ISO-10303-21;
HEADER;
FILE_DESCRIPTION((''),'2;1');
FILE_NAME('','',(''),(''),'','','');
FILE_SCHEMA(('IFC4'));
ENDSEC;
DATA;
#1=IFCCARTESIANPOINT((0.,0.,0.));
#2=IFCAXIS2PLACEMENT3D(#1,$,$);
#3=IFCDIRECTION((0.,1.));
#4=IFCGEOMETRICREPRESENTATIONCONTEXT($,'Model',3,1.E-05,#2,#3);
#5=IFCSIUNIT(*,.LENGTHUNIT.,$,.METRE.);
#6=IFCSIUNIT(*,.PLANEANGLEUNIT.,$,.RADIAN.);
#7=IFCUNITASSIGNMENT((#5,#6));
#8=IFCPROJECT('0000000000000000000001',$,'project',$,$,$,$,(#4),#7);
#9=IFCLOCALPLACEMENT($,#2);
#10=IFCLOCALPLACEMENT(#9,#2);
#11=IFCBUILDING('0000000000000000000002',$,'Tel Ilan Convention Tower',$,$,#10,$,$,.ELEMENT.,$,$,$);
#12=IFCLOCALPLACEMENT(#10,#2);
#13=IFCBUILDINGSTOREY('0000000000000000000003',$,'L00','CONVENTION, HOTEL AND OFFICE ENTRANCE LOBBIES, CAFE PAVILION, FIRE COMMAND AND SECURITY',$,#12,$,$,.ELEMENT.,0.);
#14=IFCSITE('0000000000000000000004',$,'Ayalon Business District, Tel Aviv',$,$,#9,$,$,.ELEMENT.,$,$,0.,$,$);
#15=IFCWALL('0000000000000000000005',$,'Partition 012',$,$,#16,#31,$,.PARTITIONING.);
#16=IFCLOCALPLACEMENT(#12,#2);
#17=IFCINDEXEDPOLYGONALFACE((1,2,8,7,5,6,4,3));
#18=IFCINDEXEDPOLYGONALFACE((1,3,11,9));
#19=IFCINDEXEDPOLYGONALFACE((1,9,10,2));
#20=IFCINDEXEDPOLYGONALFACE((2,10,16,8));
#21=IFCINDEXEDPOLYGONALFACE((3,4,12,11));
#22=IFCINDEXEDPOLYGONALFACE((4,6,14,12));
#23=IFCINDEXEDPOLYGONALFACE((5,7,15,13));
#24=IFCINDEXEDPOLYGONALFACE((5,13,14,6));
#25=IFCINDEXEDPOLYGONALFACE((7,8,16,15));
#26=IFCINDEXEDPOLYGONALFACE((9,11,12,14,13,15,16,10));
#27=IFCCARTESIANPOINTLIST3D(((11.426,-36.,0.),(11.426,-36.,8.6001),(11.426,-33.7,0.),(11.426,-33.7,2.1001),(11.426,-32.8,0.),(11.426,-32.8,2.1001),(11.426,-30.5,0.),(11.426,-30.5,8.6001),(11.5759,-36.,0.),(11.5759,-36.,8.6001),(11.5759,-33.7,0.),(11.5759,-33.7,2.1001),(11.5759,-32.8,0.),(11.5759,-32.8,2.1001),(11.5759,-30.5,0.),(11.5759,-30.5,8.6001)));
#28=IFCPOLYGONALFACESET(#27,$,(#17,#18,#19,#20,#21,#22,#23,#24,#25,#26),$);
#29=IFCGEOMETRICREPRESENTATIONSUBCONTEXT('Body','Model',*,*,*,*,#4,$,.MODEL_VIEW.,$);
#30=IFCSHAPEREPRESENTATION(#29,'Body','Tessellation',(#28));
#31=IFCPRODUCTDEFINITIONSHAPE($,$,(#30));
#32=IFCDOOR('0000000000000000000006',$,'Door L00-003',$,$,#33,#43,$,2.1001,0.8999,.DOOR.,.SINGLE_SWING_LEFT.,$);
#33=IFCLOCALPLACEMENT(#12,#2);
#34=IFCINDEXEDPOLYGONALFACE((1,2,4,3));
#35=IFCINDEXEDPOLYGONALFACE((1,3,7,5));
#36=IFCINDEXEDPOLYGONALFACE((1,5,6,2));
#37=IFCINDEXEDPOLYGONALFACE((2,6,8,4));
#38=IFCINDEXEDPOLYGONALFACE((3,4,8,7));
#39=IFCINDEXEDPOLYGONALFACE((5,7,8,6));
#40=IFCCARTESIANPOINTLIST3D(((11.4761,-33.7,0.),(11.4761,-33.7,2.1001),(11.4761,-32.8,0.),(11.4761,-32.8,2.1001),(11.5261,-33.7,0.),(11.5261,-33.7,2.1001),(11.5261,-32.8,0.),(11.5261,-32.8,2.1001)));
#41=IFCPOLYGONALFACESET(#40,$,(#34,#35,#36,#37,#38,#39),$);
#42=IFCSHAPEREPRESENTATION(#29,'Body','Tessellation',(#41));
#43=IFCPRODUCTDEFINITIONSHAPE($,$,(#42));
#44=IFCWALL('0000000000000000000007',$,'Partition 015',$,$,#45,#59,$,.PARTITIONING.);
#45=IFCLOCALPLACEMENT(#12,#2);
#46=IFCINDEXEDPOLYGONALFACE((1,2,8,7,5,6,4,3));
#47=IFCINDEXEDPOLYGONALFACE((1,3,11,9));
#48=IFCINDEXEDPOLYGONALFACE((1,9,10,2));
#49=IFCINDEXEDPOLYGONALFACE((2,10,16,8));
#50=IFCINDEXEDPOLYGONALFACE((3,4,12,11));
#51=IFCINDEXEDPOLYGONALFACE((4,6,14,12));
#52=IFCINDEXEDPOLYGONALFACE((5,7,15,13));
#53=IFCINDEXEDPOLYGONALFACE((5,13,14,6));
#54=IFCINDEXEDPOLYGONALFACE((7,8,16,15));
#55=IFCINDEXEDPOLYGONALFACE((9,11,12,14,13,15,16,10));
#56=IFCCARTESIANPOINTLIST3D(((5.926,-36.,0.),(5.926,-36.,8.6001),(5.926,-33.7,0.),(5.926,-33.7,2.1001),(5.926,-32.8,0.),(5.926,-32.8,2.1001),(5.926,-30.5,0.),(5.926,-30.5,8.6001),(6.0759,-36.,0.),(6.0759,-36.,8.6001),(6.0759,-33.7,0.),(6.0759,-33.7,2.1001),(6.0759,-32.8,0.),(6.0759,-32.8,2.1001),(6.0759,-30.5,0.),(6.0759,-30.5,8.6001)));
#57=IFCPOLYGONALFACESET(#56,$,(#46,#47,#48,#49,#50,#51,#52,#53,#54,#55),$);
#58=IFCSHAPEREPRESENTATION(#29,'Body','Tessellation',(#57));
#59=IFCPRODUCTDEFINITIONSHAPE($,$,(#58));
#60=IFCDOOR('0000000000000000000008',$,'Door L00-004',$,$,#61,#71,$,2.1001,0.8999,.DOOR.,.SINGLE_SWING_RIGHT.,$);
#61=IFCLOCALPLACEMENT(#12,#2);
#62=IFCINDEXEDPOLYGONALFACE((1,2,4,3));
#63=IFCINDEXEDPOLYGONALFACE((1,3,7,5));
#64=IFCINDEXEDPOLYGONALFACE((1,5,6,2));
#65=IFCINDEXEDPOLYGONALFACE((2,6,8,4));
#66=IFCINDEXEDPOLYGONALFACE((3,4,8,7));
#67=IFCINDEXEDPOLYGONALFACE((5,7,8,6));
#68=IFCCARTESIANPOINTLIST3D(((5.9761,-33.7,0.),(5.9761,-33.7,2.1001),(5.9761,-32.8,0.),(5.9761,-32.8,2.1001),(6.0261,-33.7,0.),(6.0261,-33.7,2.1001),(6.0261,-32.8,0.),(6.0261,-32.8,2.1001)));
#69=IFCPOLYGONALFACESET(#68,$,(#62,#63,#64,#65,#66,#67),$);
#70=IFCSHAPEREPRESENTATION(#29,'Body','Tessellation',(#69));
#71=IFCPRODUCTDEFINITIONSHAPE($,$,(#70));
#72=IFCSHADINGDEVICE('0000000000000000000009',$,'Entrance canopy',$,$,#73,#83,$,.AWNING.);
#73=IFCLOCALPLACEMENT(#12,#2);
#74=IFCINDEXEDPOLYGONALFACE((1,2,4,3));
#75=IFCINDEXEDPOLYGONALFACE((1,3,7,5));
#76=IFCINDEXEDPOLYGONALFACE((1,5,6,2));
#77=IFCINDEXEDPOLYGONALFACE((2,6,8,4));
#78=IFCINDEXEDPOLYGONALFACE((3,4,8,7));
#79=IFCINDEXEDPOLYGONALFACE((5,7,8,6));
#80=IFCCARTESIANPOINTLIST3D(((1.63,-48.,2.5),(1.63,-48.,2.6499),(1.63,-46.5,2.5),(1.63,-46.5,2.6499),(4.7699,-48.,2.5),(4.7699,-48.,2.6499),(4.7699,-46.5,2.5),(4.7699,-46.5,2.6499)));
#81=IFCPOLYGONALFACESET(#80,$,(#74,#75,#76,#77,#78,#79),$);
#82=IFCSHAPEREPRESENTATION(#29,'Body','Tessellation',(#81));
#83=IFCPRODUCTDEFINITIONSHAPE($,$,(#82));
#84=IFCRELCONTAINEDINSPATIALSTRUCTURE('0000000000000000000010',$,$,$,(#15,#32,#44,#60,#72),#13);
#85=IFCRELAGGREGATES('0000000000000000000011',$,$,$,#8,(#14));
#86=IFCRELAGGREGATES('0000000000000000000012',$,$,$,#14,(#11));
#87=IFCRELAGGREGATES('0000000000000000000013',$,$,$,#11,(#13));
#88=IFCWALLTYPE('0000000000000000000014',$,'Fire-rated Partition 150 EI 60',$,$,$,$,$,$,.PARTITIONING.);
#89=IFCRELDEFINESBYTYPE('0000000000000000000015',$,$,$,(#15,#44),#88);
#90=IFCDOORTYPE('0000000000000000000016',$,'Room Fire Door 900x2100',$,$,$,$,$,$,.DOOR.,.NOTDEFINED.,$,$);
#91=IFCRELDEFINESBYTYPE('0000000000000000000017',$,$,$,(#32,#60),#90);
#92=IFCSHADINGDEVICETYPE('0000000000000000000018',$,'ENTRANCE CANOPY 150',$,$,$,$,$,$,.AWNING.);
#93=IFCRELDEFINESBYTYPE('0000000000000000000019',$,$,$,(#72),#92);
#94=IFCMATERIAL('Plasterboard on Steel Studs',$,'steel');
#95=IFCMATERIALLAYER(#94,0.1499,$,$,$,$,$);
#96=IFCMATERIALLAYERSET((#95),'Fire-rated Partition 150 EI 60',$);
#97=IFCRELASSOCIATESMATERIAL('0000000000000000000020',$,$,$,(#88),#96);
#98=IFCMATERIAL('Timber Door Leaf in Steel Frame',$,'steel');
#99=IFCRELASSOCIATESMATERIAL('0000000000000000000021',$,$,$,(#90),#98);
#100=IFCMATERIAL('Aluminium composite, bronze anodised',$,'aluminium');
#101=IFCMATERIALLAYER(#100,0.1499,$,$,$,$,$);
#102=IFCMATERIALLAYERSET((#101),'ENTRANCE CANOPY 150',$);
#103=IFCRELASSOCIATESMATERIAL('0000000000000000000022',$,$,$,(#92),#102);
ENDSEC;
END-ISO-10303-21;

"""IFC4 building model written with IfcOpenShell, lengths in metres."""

from ifc_helpers import new_model, si_unit, direction, frame, frame_2d, origin, origin_2d, place, context, subcontext, project, spatial, rectangle, extrude, material, layer, layer_set, type_object, element, fill, save


model = new_model("IFC4")

# Units and contexts
model_context = context("Model", 3, precision=1e-05, world=origin(), true_north=direction((0.0, 1.0)))
body_context = subcontext(model_context, "Body", "Model", "MODEL_VIEW")
ifc_project = project(units=[si_unit("LENGTHUNIT", "METRE"), si_unit("PLANEANGLEUNIT", "RADIAN")], contexts=[model_context])

# Site, building, storey
site_placement = place(None, origin())
site = spatial("IfcSite", under=ifc_project, at=site_placement, Name="Ayalon Business District, Tel Aviv", CompositionType="ELEMENT", RefElevation=0.0)
building_placement = place(site_placement, origin())
building = spatial("IfcBuilding", under=site, at=building_placement, Name="Tel Ilan Convention Tower", CompositionType="ELEMENT")
storey_placement = place(building_placement, origin())
storey = spatial("IfcBuildingStorey", under=building, at=storey_placement, Name="L00", Description="CONVENTION, HOTEL AND OFFICE ENTRANCE LOBBIES, CAFE PAVILION, FIRE COMMAND AND SECURITY", CompositionType="ELEMENT", Elevation=0.0)

# Walls, openings, doors
ifc_material_1 = material(Name="Plasterboard on Steel Studs", Category="steel")
ifc_layer_1 = layer(ifc_material_1, 0.1499)
ifc_layer_set_1 = layer_set([ifc_layer_1], Name="Fire-rated Partition 150 EI 60")
wall_type = type_object("IfcWallType", Name="Fire-rated Partition 150 EI 60", PredefinedType="PARTITIONING", material=ifc_layer_set_1)
wall_1_placement = place(storey_placement, frame((11.501, -36.0, 0.0), z_axis=(0.0, 0.0, 1.0), x_axis=(0.0, 1.0, 0.0)))
wall_1 = element("IfcWall", 1, at=wall_1_placement, inside=storey, type_object=wall_type, Name="Partition 012", PredefinedType="PARTITIONING", context=body_context, shape_type="SweptSolid", body=[
    extrude(rectangle(XDim=5.5, YDim=0.1499, at=frame_2d((2.75, 0.0))), origin(), (0.0, 0.0, 1.0), 8.6001),
])
opening_1_placement = place(wall_1_placement, frame((2.3, 0.0, 0.0)))
opening_1 = element("IfcOpeningElement", 2, at=opening_1_placement, cuts=wall_1, PredefinedType="OPENING", context=body_context, shape_type="SweptSolid", body=[
    extrude(rectangle(XDim=0.8999, YDim=2.1001, at=frame_2d((0.45, 1.05))), frame((0.0, 0.085, 0.0), z_axis=(0.0, -1.0, 0.0), x_axis=(1.0, 0.0, 0.0)), (0.0, 0.0, 1.0), 0.1699),
])
ifc_material_2 = material(Name="Timber Door Leaf in Steel Frame", Category="steel")
door_type = type_object("IfcDoorType", Name="Room Fire Door 900x2100", OperationType="NOTDEFINED", PredefinedType="DOOR", material=ifc_material_2)
door_1_placement = place(opening_1_placement, origin())
door_1 = element("IfcDoor", 3, at=door_1_placement, inside=storey, type_object=door_type, Name="Door L00-003", OperationType="SINGLE_SWING_LEFT", OverallHeight=2.1001, OverallWidth=0.8999, PredefinedType="DOOR", context=body_context, shape_type="SweptSolid", body=[
    extrude(rectangle(XDim=0.8999, YDim=2.1001, at=frame_2d((0.45, 1.05))), frame((0.0, 0.0249, 0.0), z_axis=(0.0, -1.0, 0.0), x_axis=(1.0, 0.0, 0.0)), (0.0, 0.0, 1.0), 0.05),
])
fill(opening_1, door_1)
wall_2_placement = place(storey_placement, frame((6.001, -36.0, 0.0), z_axis=(0.0, 0.0, 1.0), x_axis=(0.0, 1.0, 0.0)))
wall_2 = element("IfcWall", 4, at=wall_2_placement, inside=storey, type_object=wall_type, Name="Partition 015", PredefinedType="PARTITIONING", context=body_context, shape_type="SweptSolid", body=[
    extrude(rectangle(XDim=5.5, YDim=0.1499, at=frame_2d((2.75, 0.0))), origin(), (0.0, 0.0, 1.0), 8.6001),
])
opening_2_placement = place(wall_2_placement, frame((2.3, 0.0, 0.0)))
opening_2 = element("IfcOpeningElement", 5, at=opening_2_placement, cuts=wall_2, PredefinedType="OPENING", context=body_context, shape_type="SweptSolid", body=[
    extrude(rectangle(XDim=0.8999, YDim=2.1001, at=frame_2d((0.45, 1.05))), frame((0.0, 0.085, 0.0), z_axis=(0.0, -1.0, 0.0), x_axis=(1.0, 0.0, 0.0)), (0.0, 0.0, 1.0), 0.1699),
])
door_2_placement = place(opening_2_placement, origin())
door_2 = element("IfcDoor", 6, at=door_2_placement, inside=storey, type_object=door_type, Name="Door L00-004", OperationType="SINGLE_SWING_RIGHT", OverallHeight=2.1001, OverallWidth=0.8999, PredefinedType="DOOR", context=body_context, shape_type="SweptSolid", body=[
    extrude(rectangle(XDim=0.8999, YDim=2.1001, at=frame_2d((0.45, 1.05))), frame((0.0, 0.0249, 0.0), z_axis=(0.0, -1.0, 0.0), x_axis=(1.0, 0.0, 0.0)), (0.0, 0.0, 1.0), 0.05),
])
fill(opening_2, door_2)

# Shading device
ifc_material_3 = material(Name="Aluminium composite, bronze anodised", Category="aluminium")
ifc_layer_2 = layer(ifc_material_3, 0.1499)
ifc_layer_set_2 = layer_set([ifc_layer_2], Name="ENTRANCE CANOPY 150")
shading_device_type = type_object("IfcShadingDeviceType", Name="ENTRANCE CANOPY 150", PredefinedType="AWNING", material=ifc_layer_set_2)
shading_device_placement = place(storey_placement, frame((3.2, -47.25, 2.5), z_axis=(0.0, 0.0, 1.0), x_axis=(-1.0, 0.0, 0.0)))
element("IfcShadingDevice", 7, at=shading_device_placement, inside=storey, type_object=shading_device_type, Name="Entrance canopy", PredefinedType="AWNING", context=body_context, shape_type="SweptSolid", body=[
    extrude(rectangle(XDim=3.1399, YDim=1.5, at=origin_2d()), origin(), (0.0, 0.0, 1.0), 0.1499),
])

save(model, "model.ifc")
